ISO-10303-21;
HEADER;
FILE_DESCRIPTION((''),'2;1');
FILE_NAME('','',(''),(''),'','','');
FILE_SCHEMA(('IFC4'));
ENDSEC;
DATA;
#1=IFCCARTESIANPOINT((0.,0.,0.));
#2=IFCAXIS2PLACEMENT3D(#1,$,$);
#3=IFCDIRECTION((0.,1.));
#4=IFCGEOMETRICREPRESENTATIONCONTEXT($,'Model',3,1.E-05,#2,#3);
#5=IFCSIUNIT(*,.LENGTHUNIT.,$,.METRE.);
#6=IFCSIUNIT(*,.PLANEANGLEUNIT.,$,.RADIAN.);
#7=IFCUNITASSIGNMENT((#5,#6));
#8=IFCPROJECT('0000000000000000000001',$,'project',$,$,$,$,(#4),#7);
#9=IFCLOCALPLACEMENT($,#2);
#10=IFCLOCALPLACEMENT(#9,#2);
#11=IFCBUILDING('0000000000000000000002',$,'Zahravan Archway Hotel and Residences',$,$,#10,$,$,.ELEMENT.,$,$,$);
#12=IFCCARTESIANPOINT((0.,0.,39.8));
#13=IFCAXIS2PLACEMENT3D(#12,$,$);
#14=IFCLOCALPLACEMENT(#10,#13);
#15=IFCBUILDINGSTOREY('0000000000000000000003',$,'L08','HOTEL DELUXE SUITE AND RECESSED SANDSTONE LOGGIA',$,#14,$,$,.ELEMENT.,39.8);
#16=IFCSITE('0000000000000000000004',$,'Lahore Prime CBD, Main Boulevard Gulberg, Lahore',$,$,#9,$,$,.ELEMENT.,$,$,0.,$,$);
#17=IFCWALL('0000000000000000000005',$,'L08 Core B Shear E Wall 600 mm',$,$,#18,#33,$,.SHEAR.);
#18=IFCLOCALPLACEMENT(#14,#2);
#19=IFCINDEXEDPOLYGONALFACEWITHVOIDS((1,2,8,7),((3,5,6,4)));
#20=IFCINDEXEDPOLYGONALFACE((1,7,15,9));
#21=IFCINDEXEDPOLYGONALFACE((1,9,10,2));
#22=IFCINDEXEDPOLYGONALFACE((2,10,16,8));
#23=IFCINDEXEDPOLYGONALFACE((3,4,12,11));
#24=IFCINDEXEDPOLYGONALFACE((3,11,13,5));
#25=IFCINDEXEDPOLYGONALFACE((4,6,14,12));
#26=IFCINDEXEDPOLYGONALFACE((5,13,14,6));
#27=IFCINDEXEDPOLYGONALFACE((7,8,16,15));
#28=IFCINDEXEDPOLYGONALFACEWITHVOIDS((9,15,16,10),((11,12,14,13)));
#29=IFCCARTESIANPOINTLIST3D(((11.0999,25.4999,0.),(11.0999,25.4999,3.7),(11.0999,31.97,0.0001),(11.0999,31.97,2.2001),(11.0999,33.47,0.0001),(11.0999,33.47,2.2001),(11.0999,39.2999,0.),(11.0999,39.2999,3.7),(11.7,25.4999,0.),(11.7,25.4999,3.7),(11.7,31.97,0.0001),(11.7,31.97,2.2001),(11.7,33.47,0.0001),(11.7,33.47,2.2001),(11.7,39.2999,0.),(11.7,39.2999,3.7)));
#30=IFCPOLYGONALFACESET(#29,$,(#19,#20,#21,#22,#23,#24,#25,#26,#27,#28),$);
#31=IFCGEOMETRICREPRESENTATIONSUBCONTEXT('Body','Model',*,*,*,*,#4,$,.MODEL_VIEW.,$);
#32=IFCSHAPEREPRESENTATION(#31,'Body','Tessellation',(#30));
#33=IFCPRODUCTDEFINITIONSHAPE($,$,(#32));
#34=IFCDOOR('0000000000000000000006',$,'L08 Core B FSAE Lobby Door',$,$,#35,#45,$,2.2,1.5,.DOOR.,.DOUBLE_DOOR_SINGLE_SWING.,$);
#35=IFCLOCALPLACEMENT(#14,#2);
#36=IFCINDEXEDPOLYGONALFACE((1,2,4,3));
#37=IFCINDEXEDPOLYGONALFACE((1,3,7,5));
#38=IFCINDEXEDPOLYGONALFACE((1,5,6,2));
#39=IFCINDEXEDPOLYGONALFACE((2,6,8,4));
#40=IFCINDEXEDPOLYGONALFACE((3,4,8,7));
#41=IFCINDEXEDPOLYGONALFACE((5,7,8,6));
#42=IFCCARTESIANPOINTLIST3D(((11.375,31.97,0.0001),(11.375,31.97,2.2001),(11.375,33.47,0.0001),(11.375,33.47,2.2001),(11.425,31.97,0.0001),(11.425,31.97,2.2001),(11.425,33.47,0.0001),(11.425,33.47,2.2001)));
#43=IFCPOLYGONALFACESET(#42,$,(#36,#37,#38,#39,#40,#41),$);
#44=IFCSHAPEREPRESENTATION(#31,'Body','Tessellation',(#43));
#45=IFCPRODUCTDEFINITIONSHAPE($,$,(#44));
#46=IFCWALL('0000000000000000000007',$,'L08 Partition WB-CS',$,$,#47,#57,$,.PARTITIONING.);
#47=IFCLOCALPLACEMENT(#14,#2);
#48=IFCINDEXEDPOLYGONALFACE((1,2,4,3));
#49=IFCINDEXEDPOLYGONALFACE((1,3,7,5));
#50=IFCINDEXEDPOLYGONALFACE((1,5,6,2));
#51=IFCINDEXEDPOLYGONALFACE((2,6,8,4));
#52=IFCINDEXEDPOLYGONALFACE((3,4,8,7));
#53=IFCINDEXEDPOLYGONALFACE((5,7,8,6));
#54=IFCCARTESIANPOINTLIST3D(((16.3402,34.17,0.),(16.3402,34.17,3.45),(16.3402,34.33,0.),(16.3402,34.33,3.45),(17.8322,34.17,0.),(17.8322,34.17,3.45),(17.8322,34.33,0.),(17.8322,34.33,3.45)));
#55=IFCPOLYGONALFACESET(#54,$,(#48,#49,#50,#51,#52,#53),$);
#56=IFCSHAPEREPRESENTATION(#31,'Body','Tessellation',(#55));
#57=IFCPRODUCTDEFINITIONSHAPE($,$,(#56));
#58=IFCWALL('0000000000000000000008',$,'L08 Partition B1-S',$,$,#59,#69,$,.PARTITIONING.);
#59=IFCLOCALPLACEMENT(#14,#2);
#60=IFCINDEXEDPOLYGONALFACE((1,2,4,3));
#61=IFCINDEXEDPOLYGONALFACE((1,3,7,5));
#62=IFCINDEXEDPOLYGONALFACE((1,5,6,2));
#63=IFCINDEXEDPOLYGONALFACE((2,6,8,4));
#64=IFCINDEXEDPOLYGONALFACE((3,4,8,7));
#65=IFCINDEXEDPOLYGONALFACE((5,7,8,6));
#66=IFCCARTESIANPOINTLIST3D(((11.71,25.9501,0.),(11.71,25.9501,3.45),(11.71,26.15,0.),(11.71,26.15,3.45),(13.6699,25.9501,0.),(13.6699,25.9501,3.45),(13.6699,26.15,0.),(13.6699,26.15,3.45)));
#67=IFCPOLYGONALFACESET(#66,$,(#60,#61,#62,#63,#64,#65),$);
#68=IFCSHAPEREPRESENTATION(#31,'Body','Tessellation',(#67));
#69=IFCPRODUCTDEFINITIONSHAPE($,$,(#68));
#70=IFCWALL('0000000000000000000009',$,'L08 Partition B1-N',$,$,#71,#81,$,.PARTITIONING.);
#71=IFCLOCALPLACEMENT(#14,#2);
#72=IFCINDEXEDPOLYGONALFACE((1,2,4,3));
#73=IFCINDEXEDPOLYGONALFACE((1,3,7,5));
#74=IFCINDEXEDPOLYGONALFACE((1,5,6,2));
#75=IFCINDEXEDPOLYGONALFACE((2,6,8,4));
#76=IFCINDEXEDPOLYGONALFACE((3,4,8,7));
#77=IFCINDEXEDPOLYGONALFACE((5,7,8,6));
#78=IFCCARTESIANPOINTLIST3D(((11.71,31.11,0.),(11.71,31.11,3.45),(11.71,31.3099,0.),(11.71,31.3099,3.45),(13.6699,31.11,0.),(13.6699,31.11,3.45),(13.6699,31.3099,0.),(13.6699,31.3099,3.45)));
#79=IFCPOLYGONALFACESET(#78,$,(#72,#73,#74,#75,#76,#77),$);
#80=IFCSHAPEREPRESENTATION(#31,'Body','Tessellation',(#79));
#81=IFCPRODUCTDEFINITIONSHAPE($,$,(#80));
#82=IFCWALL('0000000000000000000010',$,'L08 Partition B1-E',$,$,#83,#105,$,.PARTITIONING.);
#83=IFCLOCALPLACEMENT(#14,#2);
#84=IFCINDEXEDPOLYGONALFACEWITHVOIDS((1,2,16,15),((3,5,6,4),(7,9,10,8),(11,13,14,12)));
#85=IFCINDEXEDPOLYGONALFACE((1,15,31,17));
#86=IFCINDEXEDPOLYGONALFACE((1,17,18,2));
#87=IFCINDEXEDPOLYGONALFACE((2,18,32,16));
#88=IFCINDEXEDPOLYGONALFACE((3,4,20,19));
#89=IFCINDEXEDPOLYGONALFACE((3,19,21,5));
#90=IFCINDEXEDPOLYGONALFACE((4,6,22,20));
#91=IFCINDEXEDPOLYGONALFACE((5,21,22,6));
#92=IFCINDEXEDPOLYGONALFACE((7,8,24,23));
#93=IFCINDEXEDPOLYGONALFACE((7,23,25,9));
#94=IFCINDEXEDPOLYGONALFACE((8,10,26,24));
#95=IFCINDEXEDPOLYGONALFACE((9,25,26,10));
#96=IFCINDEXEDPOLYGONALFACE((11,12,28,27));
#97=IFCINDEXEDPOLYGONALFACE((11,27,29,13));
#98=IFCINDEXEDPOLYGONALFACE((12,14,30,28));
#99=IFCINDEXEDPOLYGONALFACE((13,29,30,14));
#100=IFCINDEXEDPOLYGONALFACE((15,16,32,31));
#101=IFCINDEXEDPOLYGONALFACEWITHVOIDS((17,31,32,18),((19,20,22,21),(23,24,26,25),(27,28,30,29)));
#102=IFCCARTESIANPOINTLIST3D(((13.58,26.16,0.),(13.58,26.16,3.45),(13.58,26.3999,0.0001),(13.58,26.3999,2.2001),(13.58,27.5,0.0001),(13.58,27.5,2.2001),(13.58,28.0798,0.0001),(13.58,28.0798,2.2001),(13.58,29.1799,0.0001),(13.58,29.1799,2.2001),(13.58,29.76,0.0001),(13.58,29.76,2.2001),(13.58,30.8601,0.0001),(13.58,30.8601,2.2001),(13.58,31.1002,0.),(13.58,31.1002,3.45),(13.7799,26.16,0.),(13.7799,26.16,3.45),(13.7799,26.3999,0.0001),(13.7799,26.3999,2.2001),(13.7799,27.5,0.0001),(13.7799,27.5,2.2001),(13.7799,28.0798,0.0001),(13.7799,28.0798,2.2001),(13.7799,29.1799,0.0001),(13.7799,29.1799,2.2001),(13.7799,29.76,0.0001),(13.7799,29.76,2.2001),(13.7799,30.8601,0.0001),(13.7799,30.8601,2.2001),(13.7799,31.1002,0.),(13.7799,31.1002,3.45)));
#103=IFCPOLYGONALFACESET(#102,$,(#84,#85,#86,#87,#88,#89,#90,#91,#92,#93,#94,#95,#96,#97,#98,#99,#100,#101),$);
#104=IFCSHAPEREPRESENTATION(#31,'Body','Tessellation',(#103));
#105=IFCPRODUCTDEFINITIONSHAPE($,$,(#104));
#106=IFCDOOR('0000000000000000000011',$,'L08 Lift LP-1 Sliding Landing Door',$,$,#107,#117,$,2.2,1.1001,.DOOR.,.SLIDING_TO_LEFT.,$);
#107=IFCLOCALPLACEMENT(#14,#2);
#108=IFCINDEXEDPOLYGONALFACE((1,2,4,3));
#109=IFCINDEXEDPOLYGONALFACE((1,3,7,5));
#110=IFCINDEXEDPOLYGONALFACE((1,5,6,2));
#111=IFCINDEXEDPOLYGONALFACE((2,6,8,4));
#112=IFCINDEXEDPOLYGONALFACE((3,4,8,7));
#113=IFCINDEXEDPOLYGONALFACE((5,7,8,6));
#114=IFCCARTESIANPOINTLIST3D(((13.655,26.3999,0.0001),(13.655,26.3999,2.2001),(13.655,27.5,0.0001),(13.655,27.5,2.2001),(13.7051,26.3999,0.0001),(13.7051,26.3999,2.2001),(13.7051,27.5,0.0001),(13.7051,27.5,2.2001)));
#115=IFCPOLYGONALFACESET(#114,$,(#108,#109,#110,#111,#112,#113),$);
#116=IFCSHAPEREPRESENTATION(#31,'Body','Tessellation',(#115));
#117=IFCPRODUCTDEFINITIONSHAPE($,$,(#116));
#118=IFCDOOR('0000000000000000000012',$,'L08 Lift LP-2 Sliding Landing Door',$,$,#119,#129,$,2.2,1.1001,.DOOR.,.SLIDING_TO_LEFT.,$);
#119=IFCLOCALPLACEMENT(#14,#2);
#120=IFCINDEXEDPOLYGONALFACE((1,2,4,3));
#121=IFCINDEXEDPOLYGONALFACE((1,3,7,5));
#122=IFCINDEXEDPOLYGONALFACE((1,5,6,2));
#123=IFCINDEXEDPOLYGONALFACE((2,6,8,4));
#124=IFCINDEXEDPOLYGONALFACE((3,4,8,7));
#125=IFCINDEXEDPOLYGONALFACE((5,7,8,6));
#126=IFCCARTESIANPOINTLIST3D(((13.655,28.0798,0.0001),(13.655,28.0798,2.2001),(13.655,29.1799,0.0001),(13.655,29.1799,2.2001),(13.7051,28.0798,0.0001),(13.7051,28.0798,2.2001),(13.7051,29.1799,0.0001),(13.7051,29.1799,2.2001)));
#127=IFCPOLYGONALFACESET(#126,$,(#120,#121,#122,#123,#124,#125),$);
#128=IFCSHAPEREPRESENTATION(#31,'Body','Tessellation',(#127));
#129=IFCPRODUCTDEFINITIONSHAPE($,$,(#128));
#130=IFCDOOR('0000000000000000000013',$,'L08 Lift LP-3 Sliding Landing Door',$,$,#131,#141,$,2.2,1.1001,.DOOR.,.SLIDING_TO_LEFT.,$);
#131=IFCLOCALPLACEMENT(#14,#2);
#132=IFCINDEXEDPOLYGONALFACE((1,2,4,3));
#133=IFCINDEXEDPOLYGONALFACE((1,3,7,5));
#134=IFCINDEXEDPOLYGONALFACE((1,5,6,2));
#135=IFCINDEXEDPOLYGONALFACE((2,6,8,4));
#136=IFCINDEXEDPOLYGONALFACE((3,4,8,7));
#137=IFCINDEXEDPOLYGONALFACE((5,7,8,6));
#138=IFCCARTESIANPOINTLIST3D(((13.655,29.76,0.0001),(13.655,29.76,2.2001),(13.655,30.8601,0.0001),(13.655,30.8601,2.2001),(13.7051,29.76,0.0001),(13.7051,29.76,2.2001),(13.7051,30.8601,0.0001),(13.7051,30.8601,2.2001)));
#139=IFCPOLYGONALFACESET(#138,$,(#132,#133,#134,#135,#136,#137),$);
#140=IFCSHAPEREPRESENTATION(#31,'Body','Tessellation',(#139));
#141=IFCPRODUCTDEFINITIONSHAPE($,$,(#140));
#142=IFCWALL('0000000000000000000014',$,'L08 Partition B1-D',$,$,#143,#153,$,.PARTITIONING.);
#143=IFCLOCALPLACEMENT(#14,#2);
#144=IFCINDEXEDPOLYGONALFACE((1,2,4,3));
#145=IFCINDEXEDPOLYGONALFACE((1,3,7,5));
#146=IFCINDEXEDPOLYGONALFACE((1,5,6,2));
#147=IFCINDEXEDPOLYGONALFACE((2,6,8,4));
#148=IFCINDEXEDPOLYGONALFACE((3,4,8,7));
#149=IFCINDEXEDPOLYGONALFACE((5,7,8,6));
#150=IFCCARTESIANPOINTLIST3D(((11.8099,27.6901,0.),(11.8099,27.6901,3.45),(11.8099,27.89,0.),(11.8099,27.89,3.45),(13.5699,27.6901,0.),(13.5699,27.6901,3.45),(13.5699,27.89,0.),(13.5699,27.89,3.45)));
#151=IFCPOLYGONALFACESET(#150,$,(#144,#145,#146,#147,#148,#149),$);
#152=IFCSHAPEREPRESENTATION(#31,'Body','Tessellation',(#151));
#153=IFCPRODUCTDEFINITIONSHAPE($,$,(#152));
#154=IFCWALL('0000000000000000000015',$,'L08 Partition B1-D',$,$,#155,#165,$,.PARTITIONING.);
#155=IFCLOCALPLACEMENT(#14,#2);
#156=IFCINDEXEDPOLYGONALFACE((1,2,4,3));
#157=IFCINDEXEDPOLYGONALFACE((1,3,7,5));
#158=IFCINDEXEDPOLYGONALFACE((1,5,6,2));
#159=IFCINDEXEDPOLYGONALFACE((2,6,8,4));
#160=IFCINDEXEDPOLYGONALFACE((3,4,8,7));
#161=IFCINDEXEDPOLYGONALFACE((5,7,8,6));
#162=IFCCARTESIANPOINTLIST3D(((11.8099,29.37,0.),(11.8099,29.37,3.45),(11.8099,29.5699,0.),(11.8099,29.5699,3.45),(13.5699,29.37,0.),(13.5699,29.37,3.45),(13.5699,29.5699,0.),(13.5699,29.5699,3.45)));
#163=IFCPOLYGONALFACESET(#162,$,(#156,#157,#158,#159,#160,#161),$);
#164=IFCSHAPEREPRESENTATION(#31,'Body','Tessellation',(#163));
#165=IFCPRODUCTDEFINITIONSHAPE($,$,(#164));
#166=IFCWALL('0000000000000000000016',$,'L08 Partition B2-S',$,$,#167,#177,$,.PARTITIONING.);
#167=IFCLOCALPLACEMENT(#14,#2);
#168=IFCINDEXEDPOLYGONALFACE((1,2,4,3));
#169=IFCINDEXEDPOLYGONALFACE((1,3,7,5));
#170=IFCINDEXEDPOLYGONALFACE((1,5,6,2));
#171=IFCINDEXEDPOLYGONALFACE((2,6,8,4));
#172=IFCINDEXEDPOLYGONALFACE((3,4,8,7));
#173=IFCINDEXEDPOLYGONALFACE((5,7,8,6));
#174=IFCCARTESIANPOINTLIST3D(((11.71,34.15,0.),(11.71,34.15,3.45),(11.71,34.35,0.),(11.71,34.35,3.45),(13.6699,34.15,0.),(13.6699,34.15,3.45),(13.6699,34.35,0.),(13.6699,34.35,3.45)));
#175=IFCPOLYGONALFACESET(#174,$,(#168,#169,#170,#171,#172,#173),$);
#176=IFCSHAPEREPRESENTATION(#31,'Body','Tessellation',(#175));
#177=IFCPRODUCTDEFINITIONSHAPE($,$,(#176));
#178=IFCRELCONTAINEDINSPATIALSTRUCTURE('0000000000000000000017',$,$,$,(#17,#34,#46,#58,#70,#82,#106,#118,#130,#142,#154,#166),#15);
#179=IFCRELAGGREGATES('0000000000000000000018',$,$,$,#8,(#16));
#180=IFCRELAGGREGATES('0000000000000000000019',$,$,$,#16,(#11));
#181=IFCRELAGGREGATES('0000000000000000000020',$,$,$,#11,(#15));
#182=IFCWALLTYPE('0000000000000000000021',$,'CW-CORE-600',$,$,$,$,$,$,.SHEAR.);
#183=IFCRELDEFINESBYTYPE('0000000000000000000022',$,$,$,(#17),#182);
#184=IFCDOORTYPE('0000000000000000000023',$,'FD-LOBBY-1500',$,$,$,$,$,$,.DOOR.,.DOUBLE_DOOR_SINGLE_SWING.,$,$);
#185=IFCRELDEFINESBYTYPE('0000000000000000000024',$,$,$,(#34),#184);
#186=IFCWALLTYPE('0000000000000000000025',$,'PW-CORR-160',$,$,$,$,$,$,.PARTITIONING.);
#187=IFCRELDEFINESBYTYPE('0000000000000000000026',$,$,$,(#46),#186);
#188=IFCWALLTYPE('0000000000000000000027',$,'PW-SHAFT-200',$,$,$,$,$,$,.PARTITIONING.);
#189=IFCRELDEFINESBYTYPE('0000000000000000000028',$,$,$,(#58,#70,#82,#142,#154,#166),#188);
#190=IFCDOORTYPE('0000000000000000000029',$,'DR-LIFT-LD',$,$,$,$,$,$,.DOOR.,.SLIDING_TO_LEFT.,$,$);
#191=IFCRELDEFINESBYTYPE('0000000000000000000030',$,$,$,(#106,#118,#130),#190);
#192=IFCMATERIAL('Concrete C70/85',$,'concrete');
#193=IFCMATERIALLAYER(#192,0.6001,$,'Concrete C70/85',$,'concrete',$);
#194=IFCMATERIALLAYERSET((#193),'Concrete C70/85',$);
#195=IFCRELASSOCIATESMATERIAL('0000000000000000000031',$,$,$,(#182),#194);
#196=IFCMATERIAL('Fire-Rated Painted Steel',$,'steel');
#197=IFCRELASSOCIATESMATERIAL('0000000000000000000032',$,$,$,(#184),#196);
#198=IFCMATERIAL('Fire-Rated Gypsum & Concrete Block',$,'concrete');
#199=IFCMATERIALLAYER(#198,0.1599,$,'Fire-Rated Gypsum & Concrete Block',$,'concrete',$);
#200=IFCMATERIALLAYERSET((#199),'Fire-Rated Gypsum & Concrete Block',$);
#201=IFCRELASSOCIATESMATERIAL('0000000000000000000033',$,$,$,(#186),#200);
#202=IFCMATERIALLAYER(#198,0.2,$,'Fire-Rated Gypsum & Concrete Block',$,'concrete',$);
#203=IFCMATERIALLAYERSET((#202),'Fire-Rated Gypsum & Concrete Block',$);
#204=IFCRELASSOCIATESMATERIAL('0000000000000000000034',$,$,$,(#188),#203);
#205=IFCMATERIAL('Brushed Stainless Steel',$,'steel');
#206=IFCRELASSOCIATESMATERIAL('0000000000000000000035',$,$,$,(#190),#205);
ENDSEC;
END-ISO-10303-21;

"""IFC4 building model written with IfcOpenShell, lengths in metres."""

from ifc_helpers import new_model, si_unit, direction, frame, frame_2d, origin, place, context, subcontext, project, spatial, rectangle, extrude, source, transform, mapped, material, layer, layer_set, type_object, type_shapes, element, fill, save


model = new_model("IFC4")

# Units and contexts
model_context = context("Model", 3, precision=1e-05, world=origin(), true_north=direction((0.0, 1.0)))
body_context = subcontext(model_context, "Body", "Model", "MODEL_VIEW")
ifc_project = project(units=[si_unit("LENGTHUNIT", "METRE"), si_unit("PLANEANGLEUNIT", "RADIAN")], contexts=[model_context])

# Site, building, storey
site_placement = place(None, origin())
site = spatial("IfcSite", under=ifc_project, at=site_placement, Name="Lahore Prime CBD, Main Boulevard Gulberg, Lahore", CompositionType="ELEMENT", RefElevation=0.0)
building_placement = place(site_placement, origin())
building = spatial("IfcBuilding", under=site, at=building_placement, Name="Zahravan Archway Hotel and Residences", CompositionType="ELEMENT")
storey_placement = place(building_placement, frame((0.0, 0.0, 39.8)))
storey = spatial("IfcBuildingStorey", under=building, at=storey_placement, Name="L08", Description="HOTEL DELUXE SUITE AND RECESSED SANDSTONE LOGGIA", CompositionType="ELEMENT", Elevation=39.8)

# Shared definitions
ifc_material_1 = material(Name="Concrete C70/85", Category="concrete")

# Wall, opening, door
ifc_layer_1 = layer(ifc_material_1, 0.6001, Name="Concrete C70/85", Category="concrete")
ifc_layer_set_1 = layer_set([ifc_layer_1], Name="Concrete C70/85")
wall_type_1 = type_object("IfcWallType", Name="CW-CORE-600", PredefinedType="SHEAR", material=ifc_layer_set_1)
wall_1_placement = place(storey_placement, frame((11.3999, 25.5, 0.0), z_axis=(0.0, 0.0, 1.0), x_axis=(0.0, 1.0, 0.0)))
wall_1 = element("IfcWall", 1, at=wall_1_placement, inside=storey, type_object=wall_type_1, Name="L08 Core B Shear E Wall 600 mm", PredefinedType="SHEAR", context=body_context, shape_type="SweptSolid", body=[
    extrude(rectangle(XDim=13.8, YDim=0.6001, at=frame_2d((6.8999, 0.0))), origin(), (0.0, 0.0, 1.0), 3.7),
])
opening_1_placement = place(wall_1_placement, frame((6.47, 0.0, 0.0)))
opening_1 = element("IfcOpeningElement", 2, at=opening_1_placement, cuts=wall_1, PredefinedType="OPENING", context=body_context, shape_type="SweptSolid", body=[
    extrude(rectangle(XDim=1.5, YDim=2.2, at=frame_2d((0.75, 1.1001))), frame((0.0, 0.3101, 0.0), z_axis=(0.0, -1.0, 0.0), x_axis=(1.0, 0.0, 0.0)), (0.0, 0.0, 1.0), 0.6201),
])
ifc_material_2 = material(Name="Fire-Rated Painted Steel", Category="steel")
door_type_1 = type_object("IfcDoorType", Name="FD-LOBBY-1500", OperationType="DOUBLE_DOOR_SINGLE_SWING", PredefinedType="DOOR", material=ifc_material_2)
shared_shape_1 = source(origin(), body_context, "Body", "SweptSolid", [
    extrude(rectangle(XDim=1.5, YDim=2.2, at=frame_2d((0.75, 1.1001))), frame((0.0, 0.0249, 0.0), z_axis=(0.0, -1.0, 0.0), x_axis=(1.0, 0.0, 0.0)), (0.0, 0.0, 1.0), 0.05),
])
type_shapes(door_type_1, [shared_shape_1])
door_1_placement = place(opening_1_placement, origin())
door_1 = element("IfcDoor", 3, at=door_1_placement, inside=storey, type_object=door_type_1, Name="L08 Core B FSAE Lobby Door", OperationType="DOUBLE_DOOR_SINGLE_SWING", OverallHeight=2.2, OverallWidth=1.5, PredefinedType="DOOR", context=body_context, shape_type="MappedRepresentation", body=[
    mapped(shared_shape_1, transform((0.0, 0.0, 0.0), scale=1.0)),
])
fill(opening_1, door_1)

# Walls
ifc_material_3 = material(Name="Fire-Rated Gypsum & Concrete Block", Category="concrete")
ifc_layer_2 = layer(ifc_material_3, 0.1599, Name="Fire-Rated Gypsum & Concrete Block", Category="concrete")
ifc_layer_set_2 = layer_set([ifc_layer_2], Name="Fire-Rated Gypsum & Concrete Block")
wall_type_2 = type_object("IfcWallType", Name="PW-CORR-160", PredefinedType="PARTITIONING", material=ifc_layer_set_2)
wall_2_placement = place(storey_placement, frame((16.3401, 34.25, 0.0), z_axis=(0.0, 0.0, 1.0), x_axis=(1.0, 0.0, 0.0)))
element("IfcWall", 4, at=wall_2_placement, inside=storey, type_object=wall_type_2, Name="L08 Partition WB-CS", PredefinedType="PARTITIONING", context=body_context, shape_type="SweptSolid", body=[
    extrude(rectangle(XDim=1.4919, YDim=0.1599, at=frame_2d((0.7461, 0.0))), origin(), (0.0, 0.0, 1.0), 3.45),
])
ifc_layer_3 = layer(ifc_material_3, 0.2, Name="Fire-Rated Gypsum & Concrete Block", Category="concrete")
ifc_layer_set_3 = layer_set([ifc_layer_3], Name="Fire-Rated Gypsum & Concrete Block")
wall_type_3 = type_object("IfcWallType", Name="PW-SHAFT-200", PredefinedType="PARTITIONING", material=ifc_layer_set_3)
for number, where, z_axis, x_axis, name in (
    (5, (11.71, 26.05, 0.0), (0.0, 0.0, 1.0), (1.0, 0.0, 0.0), "L08 Partition B1-S"),
    (6, (11.71, 31.21, 0.0), (0.0, 0.0, 1.0), (1.0, 0.0, 0.0), "L08 Partition B1-N"),
):
    element("IfcWall", number, at=place(storey_placement, frame(where, z_axis=z_axis, x_axis=x_axis)), inside=storey, type_object=wall_type_3, Name=name, PredefinedType="PARTITIONING", context=body_context, shape_type="SweptSolid", body=[
        extrude(rectangle(XDim=1.96, YDim=0.2, at=frame_2d((0.98, 0.0))), origin(), (0.0, 0.0, 1.0), 3.45),
    ])

# Wall, openings, doors
wall_3_placement = place(storey_placement, frame((13.6799, 26.1599, 0.0), z_axis=(0.0, 0.0, 1.0), x_axis=(0.0, 1.0, 0.0)))
wall_3 = element("IfcWall", 7, at=wall_3_placement, inside=storey, type_object=wall_type_3, Name="L08 Partition B1-E", PredefinedType="PARTITIONING", context=body_context, shape_type="SweptSolid", body=[
    extrude(rectangle(XDim=4.9402, YDim=0.2, at=frame_2d((2.4702, 0.0))), origin(), (0.0, 0.0, 1.0), 3.45),
])
opening_2_placement = place(wall_3_placement, frame((0.24, 0.0, 0.0)))
opening_2 = element("IfcOpeningElement", 8, at=opening_2_placement, cuts=wall_3, PredefinedType="OPENING", context=body_context, shape_type="SweptSolid", body=[
    extrude(rectangle(XDim=1.1001, YDim=2.2, at=frame_2d((0.55, 1.1001))), frame((0.0, 0.1099, 0.0), z_axis=(0.0, -1.0, 0.0), x_axis=(1.0, 0.0, 0.0)), (0.0, 0.0, 1.0), 0.22),
])
opening_3_placement = place(wall_3_placement, frame((1.9199, 0.0, 0.0)))
opening_3 = element("IfcOpeningElement", 9, at=opening_3_placement, cuts=wall_3, PredefinedType="OPENING", context=body_context, shape_type="SweptSolid", body=[
    extrude(rectangle(XDim=1.1001, YDim=2.2, at=frame_2d((0.55, 1.1001))), frame((0.0, 0.1099, 0.0), z_axis=(0.0, -1.0, 0.0), x_axis=(1.0, 0.0, 0.0)), (0.0, 0.0, 1.0), 0.22),
])
opening_4_placement = place(wall_3_placement, frame((3.6001, 0.0, 0.0)))
opening_4 = element("IfcOpeningElement", 10, at=opening_4_placement, cuts=wall_3, PredefinedType="OPENING", context=body_context, shape_type="SweptSolid", body=[
    extrude(rectangle(XDim=1.1001, YDim=2.2, at=frame_2d((0.55, 1.1001))), frame((0.0, 0.1099, 0.0), z_axis=(0.0, -1.0, 0.0), x_axis=(1.0, 0.0, 0.0)), (0.0, 0.0, 1.0), 0.22),
])
ifc_material_4 = material(Name="Brushed Stainless Steel", Category="steel")
door_type_2 = type_object("IfcDoorType", Name="DR-LIFT-LD", OperationType="SLIDING_TO_LEFT", PredefinedType="DOOR", material=ifc_material_4)
shared_shape_2 = source(origin(), body_context, "Body", "SweptSolid", [
    extrude(rectangle(XDim=1.1001, YDim=2.2, at=frame_2d((0.55, 1.1001))), frame((0.0, 0.0249, 0.0), z_axis=(0.0, -1.0, 0.0), x_axis=(1.0, 0.0, 0.0)), (0.0, 0.0, 1.0), 0.05),
])
type_shapes(door_type_2, [shared_shape_2])
door_2_placement = place(opening_2_placement, origin())
door_2 = element("IfcDoor", 11, at=door_2_placement, inside=storey, type_object=door_type_2, Name="L08 Lift LP-1 Sliding Landing Door", OperationType="SLIDING_TO_LEFT", OverallHeight=2.2, OverallWidth=1.1001, PredefinedType="DOOR", context=body_context, shape_type="MappedRepresentation", body=[
    mapped(shared_shape_2, transform((0.0, 0.0, 0.0), scale=1.0)),
])
fill(opening_2, door_2)
door_3_placement = place(opening_3_placement, origin())
door_3 = element("IfcDoor", 12, at=door_3_placement, inside=storey, type_object=door_type_2, Name="L08 Lift LP-2 Sliding Landing Door", OperationType="SLIDING_TO_LEFT", OverallHeight=2.2, OverallWidth=1.1001, PredefinedType="DOOR", context=body_context, shape_type="MappedRepresentation", body=[
    mapped(shared_shape_2, transform((0.0, 0.0, 0.0), scale=1.0)),
])
fill(opening_3, door_3)
door_4_placement = place(opening_4_placement, origin())
door_4 = element("IfcDoor", 13, at=door_4_placement, inside=storey, type_object=door_type_2, Name="L08 Lift LP-3 Sliding Landing Door", OperationType="SLIDING_TO_LEFT", OverallHeight=2.2, OverallWidth=1.1001, PredefinedType="DOOR", context=body_context, shape_type="MappedRepresentation", body=[
    mapped(shared_shape_2, transform((0.0, 0.0, 0.0), scale=1.0)),
])
fill(opening_4, door_4)

# Walls
for number, where, z_axis, x_axis, name in (
    (14, (11.8101, 27.79, 0.0), (0.0, 0.0, 1.0), (1.0, 0.0, 0.0), "L08 Partition B1-D"),
    (15, (11.8101, 29.47, 0.0), (0.0, 0.0, 1.0), (1.0, 0.0, 0.0), "L08 Partition B1-D"),
):
    element("IfcWall", number, at=place(storey_placement, frame(where, z_axis=z_axis, x_axis=x_axis)), inside=storey, type_object=wall_type_3, Name=name, PredefinedType="PARTITIONING", context=body_context, shape_type="SweptSolid", body=[
        extrude(rectangle(XDim=1.76, YDim=0.2, at=frame_2d((0.8799, 0.0))), origin(), (0.0, 0.0, 1.0), 3.45),
    ])
wall_4_placement = place(storey_placement, frame((11.71, 34.25, 0.0), z_axis=(0.0, 0.0, 1.0), x_axis=(1.0, 0.0, 0.0)))
element("IfcWall", 16, at=wall_4_placement, inside=storey, type_object=wall_type_3, Name="L08 Partition B2-S", PredefinedType="PARTITIONING", context=body_context, shape_type="SweptSolid", body=[
    extrude(rectangle(XDim=1.96, YDim=0.2, at=frame_2d((0.98, 0.0))), origin(), (0.0, 0.0, 1.0), 3.45),
])

save(model, "model.ifc")
